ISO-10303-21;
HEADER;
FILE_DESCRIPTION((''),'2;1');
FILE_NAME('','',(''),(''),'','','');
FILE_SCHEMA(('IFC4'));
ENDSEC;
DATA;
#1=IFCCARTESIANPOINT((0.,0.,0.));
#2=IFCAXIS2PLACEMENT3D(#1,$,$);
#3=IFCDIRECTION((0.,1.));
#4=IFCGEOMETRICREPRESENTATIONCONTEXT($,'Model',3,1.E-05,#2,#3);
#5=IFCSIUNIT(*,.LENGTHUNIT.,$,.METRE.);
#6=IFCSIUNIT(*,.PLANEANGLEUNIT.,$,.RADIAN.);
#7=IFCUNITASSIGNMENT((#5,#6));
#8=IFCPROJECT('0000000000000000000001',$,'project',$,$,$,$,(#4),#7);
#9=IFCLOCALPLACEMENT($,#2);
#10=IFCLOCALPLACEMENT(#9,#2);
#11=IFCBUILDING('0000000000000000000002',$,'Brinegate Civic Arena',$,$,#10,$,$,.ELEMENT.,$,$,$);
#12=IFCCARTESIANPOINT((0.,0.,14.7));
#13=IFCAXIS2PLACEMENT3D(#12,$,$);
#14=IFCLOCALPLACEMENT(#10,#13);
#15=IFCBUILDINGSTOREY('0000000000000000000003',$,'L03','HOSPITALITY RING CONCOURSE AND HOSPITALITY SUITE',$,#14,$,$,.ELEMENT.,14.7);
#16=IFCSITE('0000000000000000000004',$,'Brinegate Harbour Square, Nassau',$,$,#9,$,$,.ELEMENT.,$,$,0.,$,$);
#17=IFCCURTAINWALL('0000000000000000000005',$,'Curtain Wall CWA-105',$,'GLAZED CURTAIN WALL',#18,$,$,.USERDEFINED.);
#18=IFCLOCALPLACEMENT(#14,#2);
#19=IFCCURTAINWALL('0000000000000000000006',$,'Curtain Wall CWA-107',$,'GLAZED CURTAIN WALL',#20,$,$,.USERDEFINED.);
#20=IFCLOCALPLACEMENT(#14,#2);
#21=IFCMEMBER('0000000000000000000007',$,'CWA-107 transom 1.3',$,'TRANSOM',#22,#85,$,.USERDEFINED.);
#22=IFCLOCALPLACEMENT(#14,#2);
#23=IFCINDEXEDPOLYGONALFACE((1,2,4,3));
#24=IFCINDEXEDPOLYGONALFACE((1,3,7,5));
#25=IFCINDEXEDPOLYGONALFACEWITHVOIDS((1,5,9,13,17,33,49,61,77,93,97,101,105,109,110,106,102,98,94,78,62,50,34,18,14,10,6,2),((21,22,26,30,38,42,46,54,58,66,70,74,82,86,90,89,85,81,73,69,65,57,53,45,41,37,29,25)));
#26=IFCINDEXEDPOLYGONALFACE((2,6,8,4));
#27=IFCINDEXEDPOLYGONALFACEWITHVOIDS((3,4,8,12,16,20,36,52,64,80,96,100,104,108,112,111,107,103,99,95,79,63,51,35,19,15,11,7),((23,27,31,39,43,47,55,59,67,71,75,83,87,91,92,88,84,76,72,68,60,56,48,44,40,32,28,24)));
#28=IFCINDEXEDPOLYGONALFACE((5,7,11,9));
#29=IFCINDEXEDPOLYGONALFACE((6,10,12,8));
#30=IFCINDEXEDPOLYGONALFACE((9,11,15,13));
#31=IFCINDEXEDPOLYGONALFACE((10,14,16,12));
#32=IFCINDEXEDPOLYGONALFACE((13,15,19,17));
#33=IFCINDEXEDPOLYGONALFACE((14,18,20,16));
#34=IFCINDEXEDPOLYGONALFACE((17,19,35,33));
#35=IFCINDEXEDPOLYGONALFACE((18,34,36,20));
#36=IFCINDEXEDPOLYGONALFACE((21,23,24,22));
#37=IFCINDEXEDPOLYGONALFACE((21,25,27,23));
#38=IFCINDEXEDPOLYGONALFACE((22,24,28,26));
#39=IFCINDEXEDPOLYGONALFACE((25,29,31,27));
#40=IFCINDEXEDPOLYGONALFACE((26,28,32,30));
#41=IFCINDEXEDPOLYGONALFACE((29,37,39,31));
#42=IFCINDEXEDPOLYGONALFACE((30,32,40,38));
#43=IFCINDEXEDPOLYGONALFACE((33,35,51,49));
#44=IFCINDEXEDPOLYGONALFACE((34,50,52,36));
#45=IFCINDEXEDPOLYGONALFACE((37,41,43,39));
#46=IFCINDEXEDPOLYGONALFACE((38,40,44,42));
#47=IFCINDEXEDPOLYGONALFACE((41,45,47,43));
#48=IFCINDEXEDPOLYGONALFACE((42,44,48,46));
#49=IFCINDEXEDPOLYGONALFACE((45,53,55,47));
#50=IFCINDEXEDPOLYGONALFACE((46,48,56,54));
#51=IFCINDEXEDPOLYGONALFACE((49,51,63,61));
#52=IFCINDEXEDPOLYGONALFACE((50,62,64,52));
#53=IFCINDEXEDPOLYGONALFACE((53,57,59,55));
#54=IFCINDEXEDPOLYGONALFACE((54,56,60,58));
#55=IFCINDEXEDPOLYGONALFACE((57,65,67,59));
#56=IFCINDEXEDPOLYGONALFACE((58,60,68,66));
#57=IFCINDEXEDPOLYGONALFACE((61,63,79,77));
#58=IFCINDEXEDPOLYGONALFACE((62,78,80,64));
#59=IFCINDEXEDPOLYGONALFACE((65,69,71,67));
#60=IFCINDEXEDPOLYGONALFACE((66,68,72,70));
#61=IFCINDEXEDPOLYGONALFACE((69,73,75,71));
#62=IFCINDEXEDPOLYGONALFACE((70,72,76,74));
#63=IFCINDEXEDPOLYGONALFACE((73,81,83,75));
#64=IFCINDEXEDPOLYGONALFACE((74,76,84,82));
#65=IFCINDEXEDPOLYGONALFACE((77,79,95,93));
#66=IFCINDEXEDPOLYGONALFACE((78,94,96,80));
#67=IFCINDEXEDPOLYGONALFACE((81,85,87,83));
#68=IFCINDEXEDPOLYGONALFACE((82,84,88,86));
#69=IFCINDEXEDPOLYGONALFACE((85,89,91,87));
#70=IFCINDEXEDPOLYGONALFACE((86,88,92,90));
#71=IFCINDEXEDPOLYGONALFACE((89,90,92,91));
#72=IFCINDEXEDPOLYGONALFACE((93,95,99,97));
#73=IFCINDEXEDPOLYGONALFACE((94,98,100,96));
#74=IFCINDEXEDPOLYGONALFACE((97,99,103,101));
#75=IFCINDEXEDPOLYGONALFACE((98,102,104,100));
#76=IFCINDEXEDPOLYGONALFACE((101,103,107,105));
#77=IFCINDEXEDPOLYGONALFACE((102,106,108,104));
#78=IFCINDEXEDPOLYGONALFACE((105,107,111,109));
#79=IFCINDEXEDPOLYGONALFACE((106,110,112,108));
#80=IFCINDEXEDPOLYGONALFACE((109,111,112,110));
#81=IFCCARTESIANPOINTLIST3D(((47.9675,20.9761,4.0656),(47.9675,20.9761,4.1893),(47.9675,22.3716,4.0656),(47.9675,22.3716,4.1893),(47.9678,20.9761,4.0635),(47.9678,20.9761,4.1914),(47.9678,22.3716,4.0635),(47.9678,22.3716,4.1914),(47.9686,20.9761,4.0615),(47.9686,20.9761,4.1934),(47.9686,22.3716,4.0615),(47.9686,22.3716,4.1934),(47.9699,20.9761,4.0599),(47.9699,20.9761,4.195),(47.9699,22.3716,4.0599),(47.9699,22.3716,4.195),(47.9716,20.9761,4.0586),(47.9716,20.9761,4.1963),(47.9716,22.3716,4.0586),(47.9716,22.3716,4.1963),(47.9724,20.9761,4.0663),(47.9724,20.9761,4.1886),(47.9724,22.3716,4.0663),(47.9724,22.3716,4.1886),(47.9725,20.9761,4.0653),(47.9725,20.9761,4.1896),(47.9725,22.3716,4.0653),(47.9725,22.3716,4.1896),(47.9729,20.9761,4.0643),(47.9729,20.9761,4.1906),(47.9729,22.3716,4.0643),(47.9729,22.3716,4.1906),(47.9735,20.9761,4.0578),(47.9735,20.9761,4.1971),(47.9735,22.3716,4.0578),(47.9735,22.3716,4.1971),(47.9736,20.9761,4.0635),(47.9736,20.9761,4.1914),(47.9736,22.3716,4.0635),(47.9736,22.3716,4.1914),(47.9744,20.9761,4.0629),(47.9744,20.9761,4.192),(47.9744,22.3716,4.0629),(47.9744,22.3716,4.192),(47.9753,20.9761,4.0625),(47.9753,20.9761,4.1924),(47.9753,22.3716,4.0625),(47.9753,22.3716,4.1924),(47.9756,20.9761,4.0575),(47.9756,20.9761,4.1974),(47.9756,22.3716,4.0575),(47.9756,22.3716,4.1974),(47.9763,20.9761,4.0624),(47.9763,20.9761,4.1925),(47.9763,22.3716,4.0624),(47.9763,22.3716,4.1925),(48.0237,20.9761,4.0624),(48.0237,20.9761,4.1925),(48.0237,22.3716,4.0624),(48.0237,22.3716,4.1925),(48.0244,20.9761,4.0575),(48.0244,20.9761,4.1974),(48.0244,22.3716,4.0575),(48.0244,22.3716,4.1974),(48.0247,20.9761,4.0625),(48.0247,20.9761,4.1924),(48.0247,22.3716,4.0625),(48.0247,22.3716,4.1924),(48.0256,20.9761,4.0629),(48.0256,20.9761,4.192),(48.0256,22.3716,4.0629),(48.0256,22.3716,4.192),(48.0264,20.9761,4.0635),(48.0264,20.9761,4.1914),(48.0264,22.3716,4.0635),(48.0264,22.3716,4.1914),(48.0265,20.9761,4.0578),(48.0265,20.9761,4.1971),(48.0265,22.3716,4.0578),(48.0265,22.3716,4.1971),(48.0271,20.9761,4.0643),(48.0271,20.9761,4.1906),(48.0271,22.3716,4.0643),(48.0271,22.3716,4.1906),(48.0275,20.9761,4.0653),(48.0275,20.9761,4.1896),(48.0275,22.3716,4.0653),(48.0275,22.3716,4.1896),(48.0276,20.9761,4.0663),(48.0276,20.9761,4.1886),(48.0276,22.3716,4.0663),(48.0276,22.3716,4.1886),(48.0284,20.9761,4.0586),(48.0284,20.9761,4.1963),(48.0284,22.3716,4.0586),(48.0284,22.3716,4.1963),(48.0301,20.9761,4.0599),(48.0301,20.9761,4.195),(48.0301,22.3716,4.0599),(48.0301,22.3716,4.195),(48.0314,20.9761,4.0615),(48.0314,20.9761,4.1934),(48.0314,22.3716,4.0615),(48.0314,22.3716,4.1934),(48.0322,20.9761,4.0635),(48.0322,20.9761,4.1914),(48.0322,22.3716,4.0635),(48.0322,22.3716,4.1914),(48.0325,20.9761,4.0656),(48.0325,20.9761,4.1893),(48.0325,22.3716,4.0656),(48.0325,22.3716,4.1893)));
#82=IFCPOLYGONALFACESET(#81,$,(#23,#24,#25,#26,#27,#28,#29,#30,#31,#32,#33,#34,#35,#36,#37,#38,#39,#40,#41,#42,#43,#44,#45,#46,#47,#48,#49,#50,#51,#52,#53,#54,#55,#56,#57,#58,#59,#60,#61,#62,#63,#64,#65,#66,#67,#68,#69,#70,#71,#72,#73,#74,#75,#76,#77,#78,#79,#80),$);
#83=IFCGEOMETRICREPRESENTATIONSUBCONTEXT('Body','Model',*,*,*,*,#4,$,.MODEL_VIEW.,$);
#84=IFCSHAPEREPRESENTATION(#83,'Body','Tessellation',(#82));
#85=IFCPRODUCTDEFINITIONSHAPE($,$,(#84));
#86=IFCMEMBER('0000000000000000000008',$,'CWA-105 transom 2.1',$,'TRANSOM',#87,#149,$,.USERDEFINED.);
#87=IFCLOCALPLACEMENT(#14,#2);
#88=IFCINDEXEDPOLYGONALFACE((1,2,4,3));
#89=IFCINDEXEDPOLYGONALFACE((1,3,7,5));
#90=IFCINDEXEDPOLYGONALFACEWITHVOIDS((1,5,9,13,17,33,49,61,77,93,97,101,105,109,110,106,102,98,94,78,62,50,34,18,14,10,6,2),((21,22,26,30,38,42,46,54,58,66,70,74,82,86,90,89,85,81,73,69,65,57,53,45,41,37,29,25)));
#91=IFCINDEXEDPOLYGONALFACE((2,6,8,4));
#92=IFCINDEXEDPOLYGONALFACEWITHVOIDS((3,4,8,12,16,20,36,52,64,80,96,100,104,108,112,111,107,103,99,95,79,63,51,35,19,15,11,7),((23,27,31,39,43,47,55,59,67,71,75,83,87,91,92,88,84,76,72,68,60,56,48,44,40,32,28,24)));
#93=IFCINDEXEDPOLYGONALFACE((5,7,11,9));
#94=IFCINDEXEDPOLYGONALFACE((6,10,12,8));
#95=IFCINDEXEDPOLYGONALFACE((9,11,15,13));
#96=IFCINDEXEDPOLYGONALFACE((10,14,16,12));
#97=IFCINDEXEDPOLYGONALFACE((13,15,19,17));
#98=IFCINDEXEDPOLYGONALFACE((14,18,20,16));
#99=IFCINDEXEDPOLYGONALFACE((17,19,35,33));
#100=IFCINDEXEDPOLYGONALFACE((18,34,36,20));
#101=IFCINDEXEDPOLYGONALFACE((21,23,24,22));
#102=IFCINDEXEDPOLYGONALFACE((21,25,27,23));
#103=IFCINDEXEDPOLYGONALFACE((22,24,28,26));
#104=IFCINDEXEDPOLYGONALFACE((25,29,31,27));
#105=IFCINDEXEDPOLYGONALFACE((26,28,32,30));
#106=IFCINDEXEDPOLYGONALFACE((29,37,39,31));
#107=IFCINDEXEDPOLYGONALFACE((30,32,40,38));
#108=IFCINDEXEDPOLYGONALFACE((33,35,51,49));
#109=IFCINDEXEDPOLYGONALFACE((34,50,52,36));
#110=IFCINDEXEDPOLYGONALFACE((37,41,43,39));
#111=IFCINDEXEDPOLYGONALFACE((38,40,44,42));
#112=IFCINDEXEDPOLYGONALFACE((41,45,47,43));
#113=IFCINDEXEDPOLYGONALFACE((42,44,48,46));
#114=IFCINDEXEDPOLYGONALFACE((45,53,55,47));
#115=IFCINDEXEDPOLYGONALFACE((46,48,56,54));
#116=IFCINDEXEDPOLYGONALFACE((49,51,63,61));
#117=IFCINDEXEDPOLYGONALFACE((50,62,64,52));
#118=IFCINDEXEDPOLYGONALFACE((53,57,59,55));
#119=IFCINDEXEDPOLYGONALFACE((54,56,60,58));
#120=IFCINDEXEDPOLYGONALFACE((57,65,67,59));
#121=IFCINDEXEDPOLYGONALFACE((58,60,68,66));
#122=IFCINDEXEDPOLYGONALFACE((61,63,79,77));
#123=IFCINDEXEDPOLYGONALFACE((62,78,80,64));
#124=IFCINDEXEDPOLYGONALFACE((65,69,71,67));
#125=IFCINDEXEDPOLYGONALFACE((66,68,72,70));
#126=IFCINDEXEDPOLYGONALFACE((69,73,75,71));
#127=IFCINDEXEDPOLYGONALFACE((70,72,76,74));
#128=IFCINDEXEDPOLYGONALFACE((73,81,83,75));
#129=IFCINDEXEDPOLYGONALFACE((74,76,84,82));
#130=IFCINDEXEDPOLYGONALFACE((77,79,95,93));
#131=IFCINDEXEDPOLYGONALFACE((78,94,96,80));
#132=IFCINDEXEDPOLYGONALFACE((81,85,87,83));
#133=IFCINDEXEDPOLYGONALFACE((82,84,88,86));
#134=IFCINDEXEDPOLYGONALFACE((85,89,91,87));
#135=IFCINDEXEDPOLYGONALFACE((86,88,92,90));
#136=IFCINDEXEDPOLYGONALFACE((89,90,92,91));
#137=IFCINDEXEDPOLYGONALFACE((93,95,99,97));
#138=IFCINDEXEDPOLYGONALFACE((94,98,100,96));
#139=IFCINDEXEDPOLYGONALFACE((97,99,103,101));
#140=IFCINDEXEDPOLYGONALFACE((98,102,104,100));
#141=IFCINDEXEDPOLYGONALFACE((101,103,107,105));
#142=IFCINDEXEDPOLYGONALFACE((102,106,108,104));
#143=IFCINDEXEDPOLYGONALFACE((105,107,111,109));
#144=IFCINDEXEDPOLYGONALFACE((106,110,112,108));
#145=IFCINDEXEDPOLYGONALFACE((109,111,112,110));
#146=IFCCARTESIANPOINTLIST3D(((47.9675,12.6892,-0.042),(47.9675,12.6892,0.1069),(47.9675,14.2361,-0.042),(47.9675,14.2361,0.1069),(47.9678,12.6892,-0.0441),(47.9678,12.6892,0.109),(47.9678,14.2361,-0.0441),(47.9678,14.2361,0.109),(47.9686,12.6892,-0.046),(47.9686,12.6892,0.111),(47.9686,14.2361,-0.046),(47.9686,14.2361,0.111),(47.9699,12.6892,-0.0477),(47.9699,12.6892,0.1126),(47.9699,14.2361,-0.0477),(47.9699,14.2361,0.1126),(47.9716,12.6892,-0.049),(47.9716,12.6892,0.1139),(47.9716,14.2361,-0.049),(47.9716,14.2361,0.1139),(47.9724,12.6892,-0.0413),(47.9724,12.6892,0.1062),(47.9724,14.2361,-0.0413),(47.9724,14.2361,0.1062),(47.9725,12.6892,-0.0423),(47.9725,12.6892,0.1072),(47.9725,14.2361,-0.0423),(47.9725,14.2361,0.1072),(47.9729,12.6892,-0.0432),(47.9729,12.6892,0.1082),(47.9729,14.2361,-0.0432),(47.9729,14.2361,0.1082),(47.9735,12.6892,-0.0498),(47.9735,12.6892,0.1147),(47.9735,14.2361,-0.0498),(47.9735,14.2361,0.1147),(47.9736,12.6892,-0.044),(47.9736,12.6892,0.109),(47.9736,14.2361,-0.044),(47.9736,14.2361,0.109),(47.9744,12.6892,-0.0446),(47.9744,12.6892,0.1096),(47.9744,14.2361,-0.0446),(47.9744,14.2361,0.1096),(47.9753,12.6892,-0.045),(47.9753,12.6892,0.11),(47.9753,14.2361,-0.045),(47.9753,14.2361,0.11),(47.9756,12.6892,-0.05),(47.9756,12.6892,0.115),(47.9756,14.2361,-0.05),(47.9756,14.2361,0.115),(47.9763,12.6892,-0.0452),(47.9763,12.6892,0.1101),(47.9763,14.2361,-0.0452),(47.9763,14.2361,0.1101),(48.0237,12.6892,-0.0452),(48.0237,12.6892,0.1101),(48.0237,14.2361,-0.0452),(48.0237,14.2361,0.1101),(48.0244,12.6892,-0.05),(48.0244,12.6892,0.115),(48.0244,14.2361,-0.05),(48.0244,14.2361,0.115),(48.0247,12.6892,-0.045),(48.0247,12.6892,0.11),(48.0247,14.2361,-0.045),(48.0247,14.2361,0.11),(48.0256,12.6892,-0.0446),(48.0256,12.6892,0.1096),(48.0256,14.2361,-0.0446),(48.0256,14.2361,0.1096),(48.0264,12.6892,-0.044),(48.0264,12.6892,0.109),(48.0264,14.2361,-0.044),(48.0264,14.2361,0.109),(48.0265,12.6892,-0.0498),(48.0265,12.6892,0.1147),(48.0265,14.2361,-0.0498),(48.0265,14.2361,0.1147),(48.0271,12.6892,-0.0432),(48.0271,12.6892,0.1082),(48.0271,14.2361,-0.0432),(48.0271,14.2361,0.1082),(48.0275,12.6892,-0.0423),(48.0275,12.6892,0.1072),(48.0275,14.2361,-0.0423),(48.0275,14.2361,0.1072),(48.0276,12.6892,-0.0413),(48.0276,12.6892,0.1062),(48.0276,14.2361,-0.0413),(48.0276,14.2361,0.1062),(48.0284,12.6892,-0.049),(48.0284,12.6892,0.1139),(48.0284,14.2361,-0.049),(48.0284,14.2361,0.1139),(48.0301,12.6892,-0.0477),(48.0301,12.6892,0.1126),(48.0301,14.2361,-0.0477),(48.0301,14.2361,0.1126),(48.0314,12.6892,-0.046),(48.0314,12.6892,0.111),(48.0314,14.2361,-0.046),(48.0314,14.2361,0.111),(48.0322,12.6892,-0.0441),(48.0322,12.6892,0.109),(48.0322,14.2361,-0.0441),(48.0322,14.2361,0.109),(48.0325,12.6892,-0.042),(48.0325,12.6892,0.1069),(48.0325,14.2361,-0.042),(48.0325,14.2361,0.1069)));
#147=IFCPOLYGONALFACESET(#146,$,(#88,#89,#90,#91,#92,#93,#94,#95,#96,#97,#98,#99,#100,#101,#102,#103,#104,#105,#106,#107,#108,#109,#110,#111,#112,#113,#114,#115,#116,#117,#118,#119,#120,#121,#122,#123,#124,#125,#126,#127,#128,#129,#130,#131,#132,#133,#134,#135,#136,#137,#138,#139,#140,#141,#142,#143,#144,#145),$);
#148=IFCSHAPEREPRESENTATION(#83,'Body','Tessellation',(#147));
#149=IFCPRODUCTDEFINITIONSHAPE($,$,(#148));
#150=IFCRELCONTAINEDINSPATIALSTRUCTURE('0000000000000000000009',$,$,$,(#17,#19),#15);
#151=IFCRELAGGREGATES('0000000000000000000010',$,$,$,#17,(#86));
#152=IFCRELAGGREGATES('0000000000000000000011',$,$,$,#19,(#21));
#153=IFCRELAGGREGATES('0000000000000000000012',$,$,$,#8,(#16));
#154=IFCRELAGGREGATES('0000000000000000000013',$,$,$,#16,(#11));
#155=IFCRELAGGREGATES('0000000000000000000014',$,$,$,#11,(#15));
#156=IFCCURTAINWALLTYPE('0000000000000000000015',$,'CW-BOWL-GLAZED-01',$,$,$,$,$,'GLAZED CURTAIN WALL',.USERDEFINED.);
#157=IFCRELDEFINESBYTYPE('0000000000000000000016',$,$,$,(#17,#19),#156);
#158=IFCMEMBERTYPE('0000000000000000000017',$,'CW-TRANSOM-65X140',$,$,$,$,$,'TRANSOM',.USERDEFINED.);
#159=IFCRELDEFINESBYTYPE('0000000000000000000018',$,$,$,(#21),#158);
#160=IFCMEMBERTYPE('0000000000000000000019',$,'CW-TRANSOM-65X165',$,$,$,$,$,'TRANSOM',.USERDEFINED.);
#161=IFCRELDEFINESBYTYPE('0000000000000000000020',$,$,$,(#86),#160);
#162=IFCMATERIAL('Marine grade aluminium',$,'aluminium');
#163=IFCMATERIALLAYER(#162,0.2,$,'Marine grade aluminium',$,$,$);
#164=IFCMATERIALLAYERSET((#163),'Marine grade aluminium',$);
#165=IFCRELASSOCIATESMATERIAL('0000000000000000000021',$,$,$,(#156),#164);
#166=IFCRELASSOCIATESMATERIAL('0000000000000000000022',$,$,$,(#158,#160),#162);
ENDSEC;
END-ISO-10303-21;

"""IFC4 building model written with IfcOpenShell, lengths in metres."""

from ifc_helpers import new_model, si_unit, direction, frame, origin, origin_2d, place, context, subcontext, project, spatial, hollow_rectangle, extrude, material, layer, layer_set, material_profile, profile_set, type_object, element, aggregate, save


model = new_model("IFC4")

# Units and contexts
model_context = context("Model", 3, precision=1e-05, world=origin(), true_north=direction((0.0, 1.0)))
body_context = subcontext(model_context, "Body", "Model", "MODEL_VIEW")
ifc_project = project(units=[si_unit("LENGTHUNIT", "METRE"), si_unit("PLANEANGLEUNIT", "RADIAN")], contexts=[model_context])

# Site, building, storey
site_placement = place(None, origin())
site = spatial("IfcSite", under=ifc_project, at=site_placement, Name="Brinegate Harbour Square, Nassau", CompositionType="ELEMENT", RefElevation=0.0)
building_placement = place(site_placement, origin())
building = spatial("IfcBuilding", under=site, at=building_placement, Name="Brinegate Civic Arena", CompositionType="ELEMENT")
storey_placement = place(building_placement, frame((0.0, 0.0, 14.7)))
storey = spatial("IfcBuildingStorey", under=building, at=storey_placement, Name="L03", Description="HOSPITALITY RING CONCOURSE AND HOSPITALITY SUITE", CompositionType="ELEMENT", Elevation=14.7)

# Curtain walls, member
ifc_material_1 = material(Name="Marine grade aluminium", Category="aluminium")
ifc_layer_1 = layer(ifc_material_1, 0.2, Name="Marine grade aluminium")
ifc_layer_set_1 = layer_set([ifc_layer_1], Name="Marine grade aluminium")
curtain_wall_type = type_object("IfcCurtainWallType", Name="CW-BOWL-GLAZED-01", ElementType="GLAZED CURTAIN WALL", PredefinedType="USERDEFINED", material=ifc_layer_set_1)
curtain_wall_1_placement = place(storey_placement, origin())
curtain_wall_1 = element("IfcCurtainWall", 1, at=curtain_wall_1_placement, inside=storey, type_object=curtain_wall_type, Name="Curtain Wall CWA-105", ObjectType="GLAZED CURTAIN WALL", PredefinedType="USERDEFINED")
curtain_wall_2_placement = place(storey_placement, origin())
curtain_wall_2 = element("IfcCurtainWall", 2, at=curtain_wall_2_placement, inside=storey, type_object=curtain_wall_type, Name="Curtain Wall CWA-107", ObjectType="GLAZED CURTAIN WALL", PredefinedType="USERDEFINED")
ifc_material_profile_1 = material_profile(ifc_material_1, hollow_rectangle(XDim=0.0649, YDim=0.1399, WallThickness=0.0049, InnerFilletRadius=0.0039, OuterFilletRadius=0.0081, at=origin_2d()), Name="TRN65X140")
ifc_profile_set_1 = profile_set([ifc_material_profile_1], Name="Marine grade aluminium")
member_type_1 = type_object("IfcMemberType", Name="CW-TRANSOM-65X140", ElementType="TRANSOM", PredefinedType="USERDEFINED", material=ifc_profile_set_1)
member_1_placement = place(storey_placement, frame((48.0, 20.9761, 4.1274), z_axis=(0.0, 1.0, 0.0), x_axis=(-1.0, 0.0, 0.0)))
member_1 = element("IfcMember", 3, at=member_1_placement, type_object=member_type_1, Name="CWA-107 transom 1.3", ObjectType="TRANSOM", PredefinedType="USERDEFINED", context=body_context, shape_type="SweptSolid", body=[
    extrude(hollow_rectangle(XDim=0.0649, YDim=0.1399, WallThickness=0.0049, InnerFilletRadius=0.0039, OuterFilletRadius=0.0081, at=origin_2d()), origin(), (0.0, 0.0, 1.0), 1.3955),
])

# Member
ifc_material_profile_2 = material_profile(ifc_material_1, hollow_rectangle(XDim=0.0649, YDim=0.165, WallThickness=0.0049, InnerFilletRadius=0.0039, OuterFilletRadius=0.0081, at=origin_2d()), Name="TRN65X165")
ifc_profile_set_2 = profile_set([ifc_material_profile_2], Name="Marine grade aluminium")
member_type_2 = type_object("IfcMemberType", Name="CW-TRANSOM-65X165", ElementType="TRANSOM", PredefinedType="USERDEFINED", material=ifc_profile_set_2)
member_2_placement = place(storey_placement, frame((48.0, 12.6892, 0.0325), z_axis=(0.0, 1.0, 0.0), x_axis=(-1.0, 0.0, 0.0)))
member_2 = element("IfcMember", 4, at=member_2_placement, type_object=member_type_2, Name="CWA-105 transom 2.1", ObjectType="TRANSOM", PredefinedType="USERDEFINED", context=body_context, shape_type="SweptSolid", body=[
    extrude(hollow_rectangle(XDim=0.0649, YDim=0.165, WallThickness=0.0049, InnerFilletRadius=0.0039, OuterFilletRadius=0.0081, at=origin_2d()), origin(), (0.0, 0.0, 1.0), 1.5469),
])

aggregate(curtain_wall_1, [member_2])
aggregate(curtain_wall_2, [member_1])

save(model, "model.ifc")
